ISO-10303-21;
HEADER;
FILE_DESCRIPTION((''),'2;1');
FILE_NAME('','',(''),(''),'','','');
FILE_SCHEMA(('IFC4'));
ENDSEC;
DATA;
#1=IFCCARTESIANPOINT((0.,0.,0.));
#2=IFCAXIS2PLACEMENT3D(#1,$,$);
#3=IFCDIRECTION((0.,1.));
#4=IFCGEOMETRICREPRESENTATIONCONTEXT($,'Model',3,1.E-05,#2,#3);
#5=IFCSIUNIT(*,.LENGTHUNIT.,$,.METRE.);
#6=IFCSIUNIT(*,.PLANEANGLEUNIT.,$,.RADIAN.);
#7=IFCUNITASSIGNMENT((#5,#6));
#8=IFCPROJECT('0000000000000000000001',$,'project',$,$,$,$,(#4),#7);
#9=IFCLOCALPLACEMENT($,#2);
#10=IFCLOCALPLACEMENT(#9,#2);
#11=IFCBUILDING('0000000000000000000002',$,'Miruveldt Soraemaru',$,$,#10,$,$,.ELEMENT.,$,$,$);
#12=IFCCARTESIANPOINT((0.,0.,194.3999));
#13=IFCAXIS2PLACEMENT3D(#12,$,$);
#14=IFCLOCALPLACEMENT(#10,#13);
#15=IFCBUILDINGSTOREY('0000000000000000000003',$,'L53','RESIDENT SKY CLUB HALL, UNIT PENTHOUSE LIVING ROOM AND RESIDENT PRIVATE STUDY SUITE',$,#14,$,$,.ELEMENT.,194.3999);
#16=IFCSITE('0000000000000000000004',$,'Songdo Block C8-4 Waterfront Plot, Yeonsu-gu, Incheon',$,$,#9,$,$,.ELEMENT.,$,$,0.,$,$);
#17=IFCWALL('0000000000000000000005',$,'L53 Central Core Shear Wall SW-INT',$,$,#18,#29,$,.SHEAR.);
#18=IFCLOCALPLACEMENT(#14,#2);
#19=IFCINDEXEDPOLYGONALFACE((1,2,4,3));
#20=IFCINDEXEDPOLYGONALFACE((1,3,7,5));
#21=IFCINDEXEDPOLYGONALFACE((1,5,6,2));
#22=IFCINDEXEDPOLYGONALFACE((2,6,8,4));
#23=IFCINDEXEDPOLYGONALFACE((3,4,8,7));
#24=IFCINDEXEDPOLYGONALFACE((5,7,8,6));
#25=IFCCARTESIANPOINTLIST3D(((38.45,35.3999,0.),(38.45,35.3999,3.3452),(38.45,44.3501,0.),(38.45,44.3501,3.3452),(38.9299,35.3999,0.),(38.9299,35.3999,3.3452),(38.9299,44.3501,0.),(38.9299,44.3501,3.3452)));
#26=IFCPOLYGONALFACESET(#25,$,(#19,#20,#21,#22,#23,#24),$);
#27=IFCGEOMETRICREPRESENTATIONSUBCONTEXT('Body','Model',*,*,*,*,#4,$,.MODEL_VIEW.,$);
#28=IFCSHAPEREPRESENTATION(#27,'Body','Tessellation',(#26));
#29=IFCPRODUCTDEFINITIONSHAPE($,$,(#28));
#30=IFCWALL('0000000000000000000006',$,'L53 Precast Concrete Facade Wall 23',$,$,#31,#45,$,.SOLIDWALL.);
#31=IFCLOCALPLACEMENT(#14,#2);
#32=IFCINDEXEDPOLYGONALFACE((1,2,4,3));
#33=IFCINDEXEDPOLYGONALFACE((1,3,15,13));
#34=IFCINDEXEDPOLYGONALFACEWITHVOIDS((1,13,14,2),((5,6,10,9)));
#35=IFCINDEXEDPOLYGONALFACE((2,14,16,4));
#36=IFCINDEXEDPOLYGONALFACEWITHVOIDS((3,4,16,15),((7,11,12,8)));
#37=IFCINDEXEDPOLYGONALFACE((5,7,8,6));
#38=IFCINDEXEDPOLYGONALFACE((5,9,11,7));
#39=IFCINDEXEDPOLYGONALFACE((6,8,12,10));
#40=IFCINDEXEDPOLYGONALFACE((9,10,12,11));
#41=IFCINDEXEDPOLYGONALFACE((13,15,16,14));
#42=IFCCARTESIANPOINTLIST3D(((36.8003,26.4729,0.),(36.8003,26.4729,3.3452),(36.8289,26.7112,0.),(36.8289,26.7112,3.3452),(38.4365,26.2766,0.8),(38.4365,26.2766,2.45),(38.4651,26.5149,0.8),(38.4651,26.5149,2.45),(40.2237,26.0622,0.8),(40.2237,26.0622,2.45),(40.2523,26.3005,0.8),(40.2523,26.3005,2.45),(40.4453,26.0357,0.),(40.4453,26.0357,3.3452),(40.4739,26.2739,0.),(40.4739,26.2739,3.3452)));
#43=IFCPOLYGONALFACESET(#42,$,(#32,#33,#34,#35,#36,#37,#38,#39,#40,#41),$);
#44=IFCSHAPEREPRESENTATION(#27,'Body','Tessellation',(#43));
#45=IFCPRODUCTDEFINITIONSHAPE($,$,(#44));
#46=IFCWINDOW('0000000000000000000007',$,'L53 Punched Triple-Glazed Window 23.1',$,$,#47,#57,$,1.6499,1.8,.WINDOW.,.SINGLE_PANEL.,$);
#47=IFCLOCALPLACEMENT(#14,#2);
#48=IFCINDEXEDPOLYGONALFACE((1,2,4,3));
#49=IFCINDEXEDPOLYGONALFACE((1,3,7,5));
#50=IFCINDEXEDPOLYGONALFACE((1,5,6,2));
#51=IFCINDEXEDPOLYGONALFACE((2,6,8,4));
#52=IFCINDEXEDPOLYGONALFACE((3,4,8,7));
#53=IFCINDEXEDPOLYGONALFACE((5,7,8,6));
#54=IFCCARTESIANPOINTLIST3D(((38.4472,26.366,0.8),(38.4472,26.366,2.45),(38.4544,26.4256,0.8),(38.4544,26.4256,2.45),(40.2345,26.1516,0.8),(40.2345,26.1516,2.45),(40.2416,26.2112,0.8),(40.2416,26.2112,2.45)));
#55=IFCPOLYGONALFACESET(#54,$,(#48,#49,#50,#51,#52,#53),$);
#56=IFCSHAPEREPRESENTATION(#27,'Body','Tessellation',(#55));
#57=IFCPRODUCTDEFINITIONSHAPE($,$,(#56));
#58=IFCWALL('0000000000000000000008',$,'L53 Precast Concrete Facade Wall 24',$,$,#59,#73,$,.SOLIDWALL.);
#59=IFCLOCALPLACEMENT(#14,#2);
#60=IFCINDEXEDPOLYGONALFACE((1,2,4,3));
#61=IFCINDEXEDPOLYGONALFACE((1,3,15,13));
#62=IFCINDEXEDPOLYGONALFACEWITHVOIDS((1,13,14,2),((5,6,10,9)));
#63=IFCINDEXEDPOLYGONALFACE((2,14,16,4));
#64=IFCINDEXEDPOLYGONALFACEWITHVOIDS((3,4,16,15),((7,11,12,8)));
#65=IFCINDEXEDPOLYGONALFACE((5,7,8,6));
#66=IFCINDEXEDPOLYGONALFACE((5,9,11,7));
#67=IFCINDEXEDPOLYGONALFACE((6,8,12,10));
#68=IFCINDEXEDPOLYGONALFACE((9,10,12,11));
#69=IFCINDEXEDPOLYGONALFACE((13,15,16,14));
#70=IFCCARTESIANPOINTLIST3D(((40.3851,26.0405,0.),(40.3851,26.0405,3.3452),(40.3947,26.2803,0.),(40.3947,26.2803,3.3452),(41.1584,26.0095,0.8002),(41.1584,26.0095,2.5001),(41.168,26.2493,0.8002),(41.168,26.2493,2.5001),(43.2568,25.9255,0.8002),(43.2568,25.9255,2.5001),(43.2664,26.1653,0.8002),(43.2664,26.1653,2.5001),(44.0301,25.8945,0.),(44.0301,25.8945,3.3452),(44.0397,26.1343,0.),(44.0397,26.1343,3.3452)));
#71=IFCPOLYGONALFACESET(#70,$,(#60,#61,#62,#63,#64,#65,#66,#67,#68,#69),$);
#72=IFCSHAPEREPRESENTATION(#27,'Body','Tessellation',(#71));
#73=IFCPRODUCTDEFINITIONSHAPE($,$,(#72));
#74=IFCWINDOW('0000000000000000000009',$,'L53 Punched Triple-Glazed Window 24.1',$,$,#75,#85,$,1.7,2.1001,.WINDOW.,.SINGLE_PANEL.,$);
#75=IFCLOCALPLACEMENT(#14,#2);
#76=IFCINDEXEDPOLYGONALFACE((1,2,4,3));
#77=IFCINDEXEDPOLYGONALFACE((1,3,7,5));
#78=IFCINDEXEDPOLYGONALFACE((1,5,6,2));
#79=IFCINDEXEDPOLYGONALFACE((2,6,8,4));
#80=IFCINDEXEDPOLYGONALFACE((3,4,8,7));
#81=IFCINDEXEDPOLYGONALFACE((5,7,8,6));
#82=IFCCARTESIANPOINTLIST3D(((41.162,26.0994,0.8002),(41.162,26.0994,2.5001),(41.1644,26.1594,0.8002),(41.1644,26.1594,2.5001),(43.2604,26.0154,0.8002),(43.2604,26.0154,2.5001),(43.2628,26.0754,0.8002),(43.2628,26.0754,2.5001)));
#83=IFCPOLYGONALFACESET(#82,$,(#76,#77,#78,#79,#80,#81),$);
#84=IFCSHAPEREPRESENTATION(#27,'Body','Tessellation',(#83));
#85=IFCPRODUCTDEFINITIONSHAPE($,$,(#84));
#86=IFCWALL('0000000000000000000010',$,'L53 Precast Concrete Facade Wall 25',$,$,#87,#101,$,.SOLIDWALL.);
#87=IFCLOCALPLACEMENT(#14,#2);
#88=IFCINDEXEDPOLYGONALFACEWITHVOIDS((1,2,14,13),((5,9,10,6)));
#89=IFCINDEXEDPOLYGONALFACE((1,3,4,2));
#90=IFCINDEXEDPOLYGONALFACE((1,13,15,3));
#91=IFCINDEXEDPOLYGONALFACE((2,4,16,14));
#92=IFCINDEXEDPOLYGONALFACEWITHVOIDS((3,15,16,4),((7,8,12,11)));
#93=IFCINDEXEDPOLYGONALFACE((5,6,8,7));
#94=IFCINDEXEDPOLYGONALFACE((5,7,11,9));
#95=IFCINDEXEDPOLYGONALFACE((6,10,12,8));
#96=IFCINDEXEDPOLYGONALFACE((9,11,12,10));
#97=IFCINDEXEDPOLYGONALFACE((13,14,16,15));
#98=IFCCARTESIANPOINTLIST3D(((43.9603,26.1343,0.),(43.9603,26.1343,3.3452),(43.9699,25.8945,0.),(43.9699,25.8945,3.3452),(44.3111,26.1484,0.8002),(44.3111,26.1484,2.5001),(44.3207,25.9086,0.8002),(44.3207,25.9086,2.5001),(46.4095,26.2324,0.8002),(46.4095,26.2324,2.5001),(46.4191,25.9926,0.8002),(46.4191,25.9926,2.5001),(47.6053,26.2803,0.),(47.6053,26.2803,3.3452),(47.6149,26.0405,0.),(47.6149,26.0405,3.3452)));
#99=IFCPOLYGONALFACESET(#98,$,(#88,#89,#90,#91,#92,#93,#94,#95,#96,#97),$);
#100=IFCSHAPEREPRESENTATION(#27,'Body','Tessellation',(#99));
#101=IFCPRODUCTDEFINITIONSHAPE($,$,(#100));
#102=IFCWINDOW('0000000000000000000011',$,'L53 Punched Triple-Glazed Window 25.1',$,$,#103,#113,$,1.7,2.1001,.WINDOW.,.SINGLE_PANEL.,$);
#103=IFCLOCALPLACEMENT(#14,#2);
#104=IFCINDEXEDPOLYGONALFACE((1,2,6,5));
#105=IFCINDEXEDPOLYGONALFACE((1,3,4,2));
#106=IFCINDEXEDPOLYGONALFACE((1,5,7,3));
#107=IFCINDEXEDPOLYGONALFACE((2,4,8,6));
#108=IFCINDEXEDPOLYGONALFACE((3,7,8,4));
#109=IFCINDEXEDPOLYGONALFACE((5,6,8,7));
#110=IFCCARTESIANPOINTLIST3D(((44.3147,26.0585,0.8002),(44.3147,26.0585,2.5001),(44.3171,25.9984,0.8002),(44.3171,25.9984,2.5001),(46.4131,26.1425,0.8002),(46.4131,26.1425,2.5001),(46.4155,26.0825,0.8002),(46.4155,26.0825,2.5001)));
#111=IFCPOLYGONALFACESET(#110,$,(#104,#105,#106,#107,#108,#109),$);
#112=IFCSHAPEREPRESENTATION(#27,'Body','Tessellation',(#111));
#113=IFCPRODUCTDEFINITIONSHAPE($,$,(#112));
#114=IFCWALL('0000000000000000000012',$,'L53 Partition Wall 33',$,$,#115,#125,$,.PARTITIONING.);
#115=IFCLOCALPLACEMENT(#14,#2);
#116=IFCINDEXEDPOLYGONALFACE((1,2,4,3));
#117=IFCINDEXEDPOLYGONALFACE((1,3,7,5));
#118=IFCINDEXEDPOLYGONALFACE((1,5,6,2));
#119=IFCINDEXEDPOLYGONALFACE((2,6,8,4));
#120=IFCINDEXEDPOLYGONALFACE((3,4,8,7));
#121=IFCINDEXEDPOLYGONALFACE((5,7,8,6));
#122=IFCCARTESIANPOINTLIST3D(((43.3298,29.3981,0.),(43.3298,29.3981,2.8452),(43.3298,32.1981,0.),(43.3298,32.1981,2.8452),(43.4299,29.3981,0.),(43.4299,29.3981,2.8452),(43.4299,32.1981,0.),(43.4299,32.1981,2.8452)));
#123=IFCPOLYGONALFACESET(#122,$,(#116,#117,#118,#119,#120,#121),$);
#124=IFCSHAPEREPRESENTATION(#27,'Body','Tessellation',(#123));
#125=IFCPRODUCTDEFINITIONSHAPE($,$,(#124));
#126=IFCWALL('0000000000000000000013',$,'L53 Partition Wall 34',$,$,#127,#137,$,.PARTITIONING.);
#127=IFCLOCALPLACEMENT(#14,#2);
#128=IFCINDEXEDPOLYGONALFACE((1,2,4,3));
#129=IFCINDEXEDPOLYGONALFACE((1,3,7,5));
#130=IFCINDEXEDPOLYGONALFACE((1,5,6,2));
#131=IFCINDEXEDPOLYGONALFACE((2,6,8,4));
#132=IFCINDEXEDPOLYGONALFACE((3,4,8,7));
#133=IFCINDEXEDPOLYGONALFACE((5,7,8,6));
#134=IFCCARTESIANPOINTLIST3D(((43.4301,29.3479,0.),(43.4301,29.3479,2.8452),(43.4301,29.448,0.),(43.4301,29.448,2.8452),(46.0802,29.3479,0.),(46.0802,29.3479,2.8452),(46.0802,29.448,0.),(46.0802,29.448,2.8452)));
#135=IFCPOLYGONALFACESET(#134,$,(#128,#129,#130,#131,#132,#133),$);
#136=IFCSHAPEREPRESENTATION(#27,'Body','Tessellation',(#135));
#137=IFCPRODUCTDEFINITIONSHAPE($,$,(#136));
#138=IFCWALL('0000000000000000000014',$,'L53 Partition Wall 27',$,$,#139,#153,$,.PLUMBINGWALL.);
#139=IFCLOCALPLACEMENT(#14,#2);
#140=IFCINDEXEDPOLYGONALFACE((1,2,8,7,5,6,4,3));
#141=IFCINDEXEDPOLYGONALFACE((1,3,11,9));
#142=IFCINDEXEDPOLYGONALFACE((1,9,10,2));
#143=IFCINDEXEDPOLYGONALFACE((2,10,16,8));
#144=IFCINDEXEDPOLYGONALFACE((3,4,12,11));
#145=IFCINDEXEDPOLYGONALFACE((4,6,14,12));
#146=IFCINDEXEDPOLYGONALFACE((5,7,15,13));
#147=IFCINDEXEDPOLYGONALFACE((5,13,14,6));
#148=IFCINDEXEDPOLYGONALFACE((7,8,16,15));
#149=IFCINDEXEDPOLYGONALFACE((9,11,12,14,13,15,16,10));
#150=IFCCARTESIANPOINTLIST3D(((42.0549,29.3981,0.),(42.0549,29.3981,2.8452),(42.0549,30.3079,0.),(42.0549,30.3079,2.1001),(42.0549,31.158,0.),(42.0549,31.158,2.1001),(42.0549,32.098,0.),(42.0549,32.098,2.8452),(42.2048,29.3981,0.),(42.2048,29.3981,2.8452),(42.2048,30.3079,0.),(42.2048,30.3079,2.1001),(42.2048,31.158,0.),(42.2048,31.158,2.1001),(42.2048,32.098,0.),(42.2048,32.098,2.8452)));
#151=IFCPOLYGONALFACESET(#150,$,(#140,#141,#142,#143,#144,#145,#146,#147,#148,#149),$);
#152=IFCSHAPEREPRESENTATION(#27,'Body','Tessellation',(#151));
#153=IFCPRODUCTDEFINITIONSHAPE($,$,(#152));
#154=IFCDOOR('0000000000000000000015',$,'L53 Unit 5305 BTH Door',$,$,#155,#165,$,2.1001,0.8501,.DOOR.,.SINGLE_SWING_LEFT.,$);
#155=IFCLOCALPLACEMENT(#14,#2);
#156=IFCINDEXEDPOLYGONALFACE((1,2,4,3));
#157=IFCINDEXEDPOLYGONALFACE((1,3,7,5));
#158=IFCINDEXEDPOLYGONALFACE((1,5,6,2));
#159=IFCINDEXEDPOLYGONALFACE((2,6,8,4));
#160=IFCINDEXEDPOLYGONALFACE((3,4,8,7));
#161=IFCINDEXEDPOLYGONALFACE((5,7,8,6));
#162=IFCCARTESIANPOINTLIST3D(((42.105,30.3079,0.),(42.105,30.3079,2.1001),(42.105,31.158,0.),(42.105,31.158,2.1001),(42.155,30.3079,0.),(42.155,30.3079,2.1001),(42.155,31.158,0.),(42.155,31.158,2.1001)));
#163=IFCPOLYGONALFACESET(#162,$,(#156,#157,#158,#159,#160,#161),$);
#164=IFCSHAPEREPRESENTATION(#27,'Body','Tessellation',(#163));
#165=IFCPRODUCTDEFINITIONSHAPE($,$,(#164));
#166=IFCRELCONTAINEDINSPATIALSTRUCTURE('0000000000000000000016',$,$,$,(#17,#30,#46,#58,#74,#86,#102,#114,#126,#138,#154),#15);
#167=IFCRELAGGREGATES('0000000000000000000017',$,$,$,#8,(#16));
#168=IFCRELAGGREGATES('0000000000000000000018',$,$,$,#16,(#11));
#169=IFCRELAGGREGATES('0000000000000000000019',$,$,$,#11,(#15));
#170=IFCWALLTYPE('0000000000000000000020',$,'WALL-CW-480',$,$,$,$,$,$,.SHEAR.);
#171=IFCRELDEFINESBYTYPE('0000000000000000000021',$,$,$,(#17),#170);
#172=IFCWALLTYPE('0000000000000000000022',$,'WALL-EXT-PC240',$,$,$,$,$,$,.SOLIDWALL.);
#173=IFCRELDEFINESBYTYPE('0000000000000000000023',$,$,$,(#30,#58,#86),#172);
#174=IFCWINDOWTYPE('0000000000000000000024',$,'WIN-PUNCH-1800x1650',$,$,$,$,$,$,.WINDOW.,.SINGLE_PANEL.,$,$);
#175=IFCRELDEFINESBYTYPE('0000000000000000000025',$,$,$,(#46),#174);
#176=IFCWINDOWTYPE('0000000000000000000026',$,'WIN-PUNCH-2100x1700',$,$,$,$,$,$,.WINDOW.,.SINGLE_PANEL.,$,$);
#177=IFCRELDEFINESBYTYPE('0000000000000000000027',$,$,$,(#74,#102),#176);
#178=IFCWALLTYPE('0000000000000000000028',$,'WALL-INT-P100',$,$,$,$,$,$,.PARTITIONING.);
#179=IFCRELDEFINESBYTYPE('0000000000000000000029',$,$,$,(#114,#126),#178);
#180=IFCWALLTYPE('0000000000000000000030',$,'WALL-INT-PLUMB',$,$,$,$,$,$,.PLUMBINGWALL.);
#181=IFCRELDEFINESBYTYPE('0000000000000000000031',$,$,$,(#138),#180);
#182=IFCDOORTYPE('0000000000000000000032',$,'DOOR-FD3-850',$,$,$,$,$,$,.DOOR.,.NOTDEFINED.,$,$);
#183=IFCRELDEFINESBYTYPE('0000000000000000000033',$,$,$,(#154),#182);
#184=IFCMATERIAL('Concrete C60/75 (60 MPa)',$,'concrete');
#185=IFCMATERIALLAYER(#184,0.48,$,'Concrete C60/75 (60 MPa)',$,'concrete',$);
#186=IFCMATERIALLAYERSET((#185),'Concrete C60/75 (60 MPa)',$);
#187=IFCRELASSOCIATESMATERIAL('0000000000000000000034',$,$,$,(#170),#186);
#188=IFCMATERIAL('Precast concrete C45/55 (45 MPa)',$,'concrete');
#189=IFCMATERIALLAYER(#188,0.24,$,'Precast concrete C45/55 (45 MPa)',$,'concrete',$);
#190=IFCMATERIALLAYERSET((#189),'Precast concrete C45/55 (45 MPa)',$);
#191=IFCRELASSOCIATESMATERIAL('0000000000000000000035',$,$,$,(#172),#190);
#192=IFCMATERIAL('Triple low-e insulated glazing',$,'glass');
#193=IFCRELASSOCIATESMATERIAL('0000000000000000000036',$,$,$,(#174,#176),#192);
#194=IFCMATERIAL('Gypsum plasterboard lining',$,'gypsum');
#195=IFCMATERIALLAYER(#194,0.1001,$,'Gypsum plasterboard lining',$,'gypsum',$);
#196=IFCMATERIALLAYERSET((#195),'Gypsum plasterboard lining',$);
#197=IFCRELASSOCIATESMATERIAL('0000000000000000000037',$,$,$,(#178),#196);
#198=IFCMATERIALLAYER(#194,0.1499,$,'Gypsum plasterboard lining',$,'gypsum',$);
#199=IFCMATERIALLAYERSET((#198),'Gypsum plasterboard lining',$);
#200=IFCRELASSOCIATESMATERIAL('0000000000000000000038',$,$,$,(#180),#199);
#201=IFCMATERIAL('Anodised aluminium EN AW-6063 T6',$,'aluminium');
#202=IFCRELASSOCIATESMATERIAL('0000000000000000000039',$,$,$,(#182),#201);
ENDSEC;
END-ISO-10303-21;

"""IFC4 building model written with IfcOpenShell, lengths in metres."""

from ifc_helpers import new_model, si_unit, direction, frame, frame_2d, origin, place, context, subcontext, project, spatial, rectangle, extrude, material, layer, layer_set, type_object, element, fill, save


model = new_model("IFC4")

# Units and contexts
model_context = context("Model", 3, precision=1e-05, world=origin(), true_north=direction((0.0, 1.0)))
body_context = subcontext(model_context, "Body", "Model", "MODEL_VIEW")
ifc_project = project(units=[si_unit("LENGTHUNIT", "METRE"), si_unit("PLANEANGLEUNIT", "RADIAN")], contexts=[model_context])

# Site, building, storey
site_placement = place(None, origin())
site = spatial("IfcSite", under=ifc_project, at=site_placement, Name="Songdo Block C8-4 Waterfront Plot, Yeonsu-gu, Incheon", CompositionType="ELEMENT", RefElevation=0.0)
building_placement = place(site_placement, origin())
building = spatial("IfcBuilding", under=site, at=building_placement, Name="Miruveldt Soraemaru", CompositionType="ELEMENT")
storey_placement = place(building_placement, frame((0.0, 0.0, 194.3999)))
storey = spatial("IfcBuildingStorey", under=building, at=storey_placement, Name="L53", Description="RESIDENT SKY CLUB HALL, UNIT PENTHOUSE LIVING ROOM AND RESIDENT PRIVATE STUDY SUITE", CompositionType="ELEMENT", Elevation=194.3999)

# Wall
ifc_material_1 = material(Name="Concrete C60/75 (60 MPa)", Category="concrete")
ifc_layer_1 = layer(ifc_material_1, 0.48, Name="Concrete C60/75 (60 MPa)", Category="concrete")
ifc_layer_set_1 = layer_set([ifc_layer_1], Name="Concrete C60/75 (60 MPa)")
wall_type_1 = type_object("IfcWallType", Name="WALL-CW-480", PredefinedType="SHEAR", material=ifc_layer_set_1)
wall_1_placement = place(storey_placement, frame((38.6899, 35.3999, 0.0), z_axis=(0.0, 0.0, 1.0), x_axis=(0.0, 1.0, 0.0)))
element("IfcWall", 1, at=wall_1_placement, inside=storey, type_object=wall_type_1, Name="L53 Central Core Shear Wall SW-INT", PredefinedType="SHEAR", context=body_context, shape_type="SweptSolid", body=[
    extrude(rectangle(XDim=8.9502, YDim=0.48, at=frame_2d((4.4751, 0.0))), origin(), (0.0, 0.0, 1.0), 3.3452),
])

# Walls, openings, windows
ifc_material_2 = material(Name="Precast concrete C45/55 (45 MPa)", Category="concrete")
ifc_layer_2 = layer(ifc_material_2, 0.24, Name="Precast concrete C45/55 (45 MPa)", Category="concrete")
ifc_layer_set_2 = layer_set([ifc_layer_2], Name="Precast concrete C45/55 (45 MPa)")
wall_type_2 = type_object("IfcWallType", Name="WALL-EXT-PC240", PredefinedType="SOLIDWALL", material=ifc_layer_set_2)
wall_2_placement = place(storey_placement, frame((36.8147, 26.592, 0.0), z_axis=(0.0, 0.0, 1.0), x_axis=(0.992882, -0.119106, 0.0)))
wall_2 = element("IfcWall", 2, at=wall_2_placement, inside=storey, type_object=wall_type_2, Name="L53 Precast Concrete Facade Wall 23", PredefinedType="SOLIDWALL", context=body_context, shape_type="SweptSolid", body=[
    extrude(rectangle(XDim=3.6711, YDim=0.24, at=frame_2d((1.8354, 0.0))), origin(), (0.0, 0.0, 1.0), 3.3452),
])
opening_1_placement = place(wall_2_placement, frame((1.6479, 0.0, 0.8)))
opening_1 = element("IfcOpeningElement", 3, at=opening_1_placement, cuts=wall_2, PredefinedType="OPENING", context=body_context, shape_type="SweptSolid", body=[
    extrude(rectangle(XDim=1.8, YDim=1.6499, at=frame_2d((0.8999, 0.825))), frame((0.0, 0.1299, 0.0), z_axis=(0.0, -1.0, 0.0), x_axis=(1.0, 0.0, 0.0)), (0.0, 0.0, 1.0), 0.26),
])
ifc_material_3 = material(Name="Triple low-e insulated glazing", Category="glass")
window_type_1 = type_object("IfcWindowType", Name="WIN-PUNCH-1800x1650", PartitioningType="SINGLE_PANEL", PredefinedType="WINDOW", material=ifc_material_3)
window_1_placement = place(opening_1_placement, origin())
window_1 = element("IfcWindow", 4, at=window_1_placement, inside=storey, type_object=window_type_1, Name="L53 Punched Triple-Glazed Window 23.1", OverallHeight=1.6499, OverallWidth=1.8, PartitioningType="SINGLE_PANEL", PredefinedType="WINDOW", context=body_context, shape_type="SweptSolid", body=[
    extrude(rectangle(XDim=1.8, YDim=1.6499, at=frame_2d((0.8999, 0.825))), frame((0.0, 0.03, 0.0), z_axis=(0.0, -1.0, 0.0), x_axis=(1.0, 0.0, 0.0)), (0.0, 0.0, 1.0), 0.0601),
])
fill(opening_1, window_1)
wall_3_placement = place(storey_placement, frame((40.3899, 26.1604, 0.0), z_axis=(0.0, 0.0, 1.0), x_axis=(0.999199, -0.040021, 0.0)))
wall_3 = element("IfcWall", 5, at=wall_3_placement, inside=storey, type_object=wall_type_2, Name="L53 Precast Concrete Facade Wall 24", PredefinedType="SOLIDWALL", context=body_context, shape_type="SweptSolid", body=[
    extrude(rectangle(XDim=3.6479, YDim=0.24, at=frame_2d((1.824, 0.0))), origin(), (0.0, 0.0, 1.0), 3.3452),
])
opening_2_placement = place(wall_3_placement, frame((0.7739, 0.0, 0.8)))
opening_2 = element("IfcOpeningElement", 6, at=opening_2_placement, cuts=wall_3, PredefinedType="OPENING", context=body_context, shape_type="SweptSolid", body=[
    extrude(rectangle(XDim=2.1001, YDim=1.7, at=frame_2d((1.05, 0.8501))), frame((0.0, 0.1299, 0.0), z_axis=(0.0, -1.0, 0.0), x_axis=(1.0, 0.0, 0.0)), (0.0, 0.0, 1.0), 0.26),
])
window_type_2 = type_object("IfcWindowType", Name="WIN-PUNCH-2100x1700", PartitioningType="SINGLE_PANEL", PredefinedType="WINDOW", material=ifc_material_3)
window_2_placement = place(opening_2_placement, origin())
window_2 = element("IfcWindow", 7, at=window_2_placement, inside=storey, type_object=window_type_2, Name="L53 Punched Triple-Glazed Window 24.1", OverallHeight=1.7, OverallWidth=2.1001, PartitioningType="SINGLE_PANEL", PredefinedType="WINDOW", context=body_context, shape_type="SweptSolid", body=[
    extrude(rectangle(XDim=2.1001, YDim=1.7, at=frame_2d((1.05, 0.8501))), frame((0.0, 0.03, 0.0), z_axis=(0.0, -1.0, 0.0), x_axis=(1.0, 0.0, 0.0)), (0.0, 0.0, 1.0), 0.0601),
])
fill(opening_2, window_2)
wall_4_placement = place(storey_placement, frame((43.9651, 26.0144, 0.0), z_axis=(0.0, 0.0, 1.0), x_axis=(0.999199, 0.040021, 0.0)))
wall_4 = element("IfcWall", 8, at=wall_4_placement, inside=storey, type_object=wall_type_2, Name="L53 Precast Concrete Facade Wall 25", PredefinedType="SOLIDWALL", context=body_context, shape_type="SweptSolid", body=[
    extrude(rectangle(XDim=3.6479, YDim=0.24, at=frame_2d((1.824, 0.0))), origin(), (0.0, 0.0, 1.0), 3.3452),
])
opening_3_placement = place(wall_4_placement, frame((0.3511, 0.0, 0.8)))
opening_3 = element("IfcOpeningElement", 9, at=opening_3_placement, cuts=wall_4, PredefinedType="OPENING", context=body_context, shape_type="SweptSolid", body=[
    extrude(rectangle(XDim=2.1001, YDim=1.7, at=frame_2d((1.05, 0.8501))), frame((0.0, 0.1299, 0.0), z_axis=(0.0, -1.0, 0.0), x_axis=(1.0, 0.0, 0.0)), (0.0, 0.0, 1.0), 0.26),
])
window_3_placement = place(opening_3_placement, origin())
window_3 = element("IfcWindow", 10, at=window_3_placement, inside=storey, type_object=window_type_2, Name="L53 Punched Triple-Glazed Window 25.1", OverallHeight=1.7, OverallWidth=2.1001, PartitioningType="SINGLE_PANEL", PredefinedType="WINDOW", context=body_context, shape_type="SweptSolid", body=[
    extrude(rectangle(XDim=2.1001, YDim=1.7, at=frame_2d((1.05, 0.8501))), frame((0.0, 0.03, 0.0), z_axis=(0.0, -1.0, 0.0), x_axis=(1.0, 0.0, 0.0)), (0.0, 0.0, 1.0), 0.0601),
])
fill(opening_3, window_3)

# Walls
ifc_material_4 = material(Name="Gypsum plasterboard lining", Category="gypsum")
ifc_layer_3 = layer(ifc_material_4, 0.1001, Name="Gypsum plasterboard lining", Category="gypsum")
ifc_layer_set_3 = layer_set([ifc_layer_3], Name="Gypsum plasterboard lining")
wall_type_3 = type_object("IfcWallType", Name="WALL-INT-P100", PredefinedType="PARTITIONING", material=ifc_layer_set_3)
wall_5_placement = place(storey_placement, frame((43.3799, 32.198, 0.0), z_axis=(0.0, 0.0, 1.0), x_axis=(0.0, -1.0, 0.0)))
element("IfcWall", 11, at=wall_5_placement, inside=storey, type_object=wall_type_3, Name="L53 Partition Wall 33", PredefinedType="PARTITIONING", context=body_context, shape_type="SweptSolid", body=[
    extrude(rectangle(XDim=2.8, YDim=0.1001, at=frame_2d((1.3999, 0.0))), origin(), (0.0, 0.0, 1.0), 2.8452),
])
wall_6_placement = place(storey_placement, frame((43.4299, 29.3979, 0.0), z_axis=(0.0, 0.0, 1.0), x_axis=(1.0, 0.0, 0.0)))
element("IfcWall", 12, at=wall_6_placement, inside=storey, type_object=wall_type_3, Name="L53 Partition Wall 34", PredefinedType="PARTITIONING", context=body_context, shape_type="SweptSolid", body=[
    extrude(rectangle(XDim=2.6501, YDim=0.1001, at=frame_2d((1.3252, 0.0))), origin(), (0.0, 0.0, 1.0), 2.8452),
])

# Wall, opening, door
ifc_layer_4 = layer(ifc_material_4, 0.1499, Name="Gypsum plasterboard lining", Category="gypsum")
ifc_layer_set_4 = layer_set([ifc_layer_4], Name="Gypsum plasterboard lining")
wall_type_4 = type_object("IfcWallType", Name="WALL-INT-PLUMB", PredefinedType="PLUMBINGWALL", material=ifc_layer_set_4)
wall_7_placement = place(storey_placement, frame((42.1299, 29.3979, 0.0), z_axis=(0.0, 0.0, 1.0), x_axis=(0.0, 1.0, 0.0)))
wall_7 = element("IfcWall", 13, at=wall_7_placement, inside=storey, type_object=wall_type_4, Name="L53 Partition Wall 27", PredefinedType="PLUMBINGWALL", context=body_context, shape_type="SweptSolid", body=[
    extrude(rectangle(XDim=2.7, YDim=0.1499, at=frame_2d((1.3501, 0.0))), origin(), (0.0, 0.0, 1.0), 2.8452),
])
opening_4_placement = place(wall_7_placement, frame((0.9099, 0.0, 0.0)))
opening_4 = element("IfcOpeningElement", 14, at=opening_4_placement, cuts=wall_7, PredefinedType="OPENING", context=body_context, shape_type="SweptSolid", body=[
    extrude(rectangle(XDim=0.8501, YDim=2.1001, at=frame_2d((0.425, 1.05))), frame((0.0, 0.085, 0.0), z_axis=(0.0, -1.0, 0.0), x_axis=(1.0, 0.0, 0.0)), (0.0, 0.0, 1.0), 0.1699),
])
ifc_material_5 = material(Name="Anodised aluminium EN AW-6063 T6", Category="aluminium")
door_type_1 = type_object("IfcDoorType", Name="DOOR-FD3-850", OperationType="NOTDEFINED", PredefinedType="DOOR", material=ifc_material_5)
door_1_placement = place(opening_4_placement, origin())
door_1 = element("IfcDoor", 15, at=door_1_placement, inside=storey, type_object=door_type_1, Name="L53 Unit 5305 BTH Door", OperationType="SINGLE_SWING_LEFT", OverallHeight=2.1001, OverallWidth=0.8501, PredefinedType="DOOR", context=body_context, shape_type="SweptSolid", body=[
    extrude(rectangle(XDim=0.8501, YDim=2.1001, at=frame_2d((0.425, 1.05))), frame((0.0, 0.0249, 0.0), z_axis=(0.0, -1.0, 0.0), x_axis=(1.0, 0.0, 0.0)), (0.0, 0.0, 1.0), 0.05),
])
fill(opening_4, door_1)

save(model, "model.ifc")
